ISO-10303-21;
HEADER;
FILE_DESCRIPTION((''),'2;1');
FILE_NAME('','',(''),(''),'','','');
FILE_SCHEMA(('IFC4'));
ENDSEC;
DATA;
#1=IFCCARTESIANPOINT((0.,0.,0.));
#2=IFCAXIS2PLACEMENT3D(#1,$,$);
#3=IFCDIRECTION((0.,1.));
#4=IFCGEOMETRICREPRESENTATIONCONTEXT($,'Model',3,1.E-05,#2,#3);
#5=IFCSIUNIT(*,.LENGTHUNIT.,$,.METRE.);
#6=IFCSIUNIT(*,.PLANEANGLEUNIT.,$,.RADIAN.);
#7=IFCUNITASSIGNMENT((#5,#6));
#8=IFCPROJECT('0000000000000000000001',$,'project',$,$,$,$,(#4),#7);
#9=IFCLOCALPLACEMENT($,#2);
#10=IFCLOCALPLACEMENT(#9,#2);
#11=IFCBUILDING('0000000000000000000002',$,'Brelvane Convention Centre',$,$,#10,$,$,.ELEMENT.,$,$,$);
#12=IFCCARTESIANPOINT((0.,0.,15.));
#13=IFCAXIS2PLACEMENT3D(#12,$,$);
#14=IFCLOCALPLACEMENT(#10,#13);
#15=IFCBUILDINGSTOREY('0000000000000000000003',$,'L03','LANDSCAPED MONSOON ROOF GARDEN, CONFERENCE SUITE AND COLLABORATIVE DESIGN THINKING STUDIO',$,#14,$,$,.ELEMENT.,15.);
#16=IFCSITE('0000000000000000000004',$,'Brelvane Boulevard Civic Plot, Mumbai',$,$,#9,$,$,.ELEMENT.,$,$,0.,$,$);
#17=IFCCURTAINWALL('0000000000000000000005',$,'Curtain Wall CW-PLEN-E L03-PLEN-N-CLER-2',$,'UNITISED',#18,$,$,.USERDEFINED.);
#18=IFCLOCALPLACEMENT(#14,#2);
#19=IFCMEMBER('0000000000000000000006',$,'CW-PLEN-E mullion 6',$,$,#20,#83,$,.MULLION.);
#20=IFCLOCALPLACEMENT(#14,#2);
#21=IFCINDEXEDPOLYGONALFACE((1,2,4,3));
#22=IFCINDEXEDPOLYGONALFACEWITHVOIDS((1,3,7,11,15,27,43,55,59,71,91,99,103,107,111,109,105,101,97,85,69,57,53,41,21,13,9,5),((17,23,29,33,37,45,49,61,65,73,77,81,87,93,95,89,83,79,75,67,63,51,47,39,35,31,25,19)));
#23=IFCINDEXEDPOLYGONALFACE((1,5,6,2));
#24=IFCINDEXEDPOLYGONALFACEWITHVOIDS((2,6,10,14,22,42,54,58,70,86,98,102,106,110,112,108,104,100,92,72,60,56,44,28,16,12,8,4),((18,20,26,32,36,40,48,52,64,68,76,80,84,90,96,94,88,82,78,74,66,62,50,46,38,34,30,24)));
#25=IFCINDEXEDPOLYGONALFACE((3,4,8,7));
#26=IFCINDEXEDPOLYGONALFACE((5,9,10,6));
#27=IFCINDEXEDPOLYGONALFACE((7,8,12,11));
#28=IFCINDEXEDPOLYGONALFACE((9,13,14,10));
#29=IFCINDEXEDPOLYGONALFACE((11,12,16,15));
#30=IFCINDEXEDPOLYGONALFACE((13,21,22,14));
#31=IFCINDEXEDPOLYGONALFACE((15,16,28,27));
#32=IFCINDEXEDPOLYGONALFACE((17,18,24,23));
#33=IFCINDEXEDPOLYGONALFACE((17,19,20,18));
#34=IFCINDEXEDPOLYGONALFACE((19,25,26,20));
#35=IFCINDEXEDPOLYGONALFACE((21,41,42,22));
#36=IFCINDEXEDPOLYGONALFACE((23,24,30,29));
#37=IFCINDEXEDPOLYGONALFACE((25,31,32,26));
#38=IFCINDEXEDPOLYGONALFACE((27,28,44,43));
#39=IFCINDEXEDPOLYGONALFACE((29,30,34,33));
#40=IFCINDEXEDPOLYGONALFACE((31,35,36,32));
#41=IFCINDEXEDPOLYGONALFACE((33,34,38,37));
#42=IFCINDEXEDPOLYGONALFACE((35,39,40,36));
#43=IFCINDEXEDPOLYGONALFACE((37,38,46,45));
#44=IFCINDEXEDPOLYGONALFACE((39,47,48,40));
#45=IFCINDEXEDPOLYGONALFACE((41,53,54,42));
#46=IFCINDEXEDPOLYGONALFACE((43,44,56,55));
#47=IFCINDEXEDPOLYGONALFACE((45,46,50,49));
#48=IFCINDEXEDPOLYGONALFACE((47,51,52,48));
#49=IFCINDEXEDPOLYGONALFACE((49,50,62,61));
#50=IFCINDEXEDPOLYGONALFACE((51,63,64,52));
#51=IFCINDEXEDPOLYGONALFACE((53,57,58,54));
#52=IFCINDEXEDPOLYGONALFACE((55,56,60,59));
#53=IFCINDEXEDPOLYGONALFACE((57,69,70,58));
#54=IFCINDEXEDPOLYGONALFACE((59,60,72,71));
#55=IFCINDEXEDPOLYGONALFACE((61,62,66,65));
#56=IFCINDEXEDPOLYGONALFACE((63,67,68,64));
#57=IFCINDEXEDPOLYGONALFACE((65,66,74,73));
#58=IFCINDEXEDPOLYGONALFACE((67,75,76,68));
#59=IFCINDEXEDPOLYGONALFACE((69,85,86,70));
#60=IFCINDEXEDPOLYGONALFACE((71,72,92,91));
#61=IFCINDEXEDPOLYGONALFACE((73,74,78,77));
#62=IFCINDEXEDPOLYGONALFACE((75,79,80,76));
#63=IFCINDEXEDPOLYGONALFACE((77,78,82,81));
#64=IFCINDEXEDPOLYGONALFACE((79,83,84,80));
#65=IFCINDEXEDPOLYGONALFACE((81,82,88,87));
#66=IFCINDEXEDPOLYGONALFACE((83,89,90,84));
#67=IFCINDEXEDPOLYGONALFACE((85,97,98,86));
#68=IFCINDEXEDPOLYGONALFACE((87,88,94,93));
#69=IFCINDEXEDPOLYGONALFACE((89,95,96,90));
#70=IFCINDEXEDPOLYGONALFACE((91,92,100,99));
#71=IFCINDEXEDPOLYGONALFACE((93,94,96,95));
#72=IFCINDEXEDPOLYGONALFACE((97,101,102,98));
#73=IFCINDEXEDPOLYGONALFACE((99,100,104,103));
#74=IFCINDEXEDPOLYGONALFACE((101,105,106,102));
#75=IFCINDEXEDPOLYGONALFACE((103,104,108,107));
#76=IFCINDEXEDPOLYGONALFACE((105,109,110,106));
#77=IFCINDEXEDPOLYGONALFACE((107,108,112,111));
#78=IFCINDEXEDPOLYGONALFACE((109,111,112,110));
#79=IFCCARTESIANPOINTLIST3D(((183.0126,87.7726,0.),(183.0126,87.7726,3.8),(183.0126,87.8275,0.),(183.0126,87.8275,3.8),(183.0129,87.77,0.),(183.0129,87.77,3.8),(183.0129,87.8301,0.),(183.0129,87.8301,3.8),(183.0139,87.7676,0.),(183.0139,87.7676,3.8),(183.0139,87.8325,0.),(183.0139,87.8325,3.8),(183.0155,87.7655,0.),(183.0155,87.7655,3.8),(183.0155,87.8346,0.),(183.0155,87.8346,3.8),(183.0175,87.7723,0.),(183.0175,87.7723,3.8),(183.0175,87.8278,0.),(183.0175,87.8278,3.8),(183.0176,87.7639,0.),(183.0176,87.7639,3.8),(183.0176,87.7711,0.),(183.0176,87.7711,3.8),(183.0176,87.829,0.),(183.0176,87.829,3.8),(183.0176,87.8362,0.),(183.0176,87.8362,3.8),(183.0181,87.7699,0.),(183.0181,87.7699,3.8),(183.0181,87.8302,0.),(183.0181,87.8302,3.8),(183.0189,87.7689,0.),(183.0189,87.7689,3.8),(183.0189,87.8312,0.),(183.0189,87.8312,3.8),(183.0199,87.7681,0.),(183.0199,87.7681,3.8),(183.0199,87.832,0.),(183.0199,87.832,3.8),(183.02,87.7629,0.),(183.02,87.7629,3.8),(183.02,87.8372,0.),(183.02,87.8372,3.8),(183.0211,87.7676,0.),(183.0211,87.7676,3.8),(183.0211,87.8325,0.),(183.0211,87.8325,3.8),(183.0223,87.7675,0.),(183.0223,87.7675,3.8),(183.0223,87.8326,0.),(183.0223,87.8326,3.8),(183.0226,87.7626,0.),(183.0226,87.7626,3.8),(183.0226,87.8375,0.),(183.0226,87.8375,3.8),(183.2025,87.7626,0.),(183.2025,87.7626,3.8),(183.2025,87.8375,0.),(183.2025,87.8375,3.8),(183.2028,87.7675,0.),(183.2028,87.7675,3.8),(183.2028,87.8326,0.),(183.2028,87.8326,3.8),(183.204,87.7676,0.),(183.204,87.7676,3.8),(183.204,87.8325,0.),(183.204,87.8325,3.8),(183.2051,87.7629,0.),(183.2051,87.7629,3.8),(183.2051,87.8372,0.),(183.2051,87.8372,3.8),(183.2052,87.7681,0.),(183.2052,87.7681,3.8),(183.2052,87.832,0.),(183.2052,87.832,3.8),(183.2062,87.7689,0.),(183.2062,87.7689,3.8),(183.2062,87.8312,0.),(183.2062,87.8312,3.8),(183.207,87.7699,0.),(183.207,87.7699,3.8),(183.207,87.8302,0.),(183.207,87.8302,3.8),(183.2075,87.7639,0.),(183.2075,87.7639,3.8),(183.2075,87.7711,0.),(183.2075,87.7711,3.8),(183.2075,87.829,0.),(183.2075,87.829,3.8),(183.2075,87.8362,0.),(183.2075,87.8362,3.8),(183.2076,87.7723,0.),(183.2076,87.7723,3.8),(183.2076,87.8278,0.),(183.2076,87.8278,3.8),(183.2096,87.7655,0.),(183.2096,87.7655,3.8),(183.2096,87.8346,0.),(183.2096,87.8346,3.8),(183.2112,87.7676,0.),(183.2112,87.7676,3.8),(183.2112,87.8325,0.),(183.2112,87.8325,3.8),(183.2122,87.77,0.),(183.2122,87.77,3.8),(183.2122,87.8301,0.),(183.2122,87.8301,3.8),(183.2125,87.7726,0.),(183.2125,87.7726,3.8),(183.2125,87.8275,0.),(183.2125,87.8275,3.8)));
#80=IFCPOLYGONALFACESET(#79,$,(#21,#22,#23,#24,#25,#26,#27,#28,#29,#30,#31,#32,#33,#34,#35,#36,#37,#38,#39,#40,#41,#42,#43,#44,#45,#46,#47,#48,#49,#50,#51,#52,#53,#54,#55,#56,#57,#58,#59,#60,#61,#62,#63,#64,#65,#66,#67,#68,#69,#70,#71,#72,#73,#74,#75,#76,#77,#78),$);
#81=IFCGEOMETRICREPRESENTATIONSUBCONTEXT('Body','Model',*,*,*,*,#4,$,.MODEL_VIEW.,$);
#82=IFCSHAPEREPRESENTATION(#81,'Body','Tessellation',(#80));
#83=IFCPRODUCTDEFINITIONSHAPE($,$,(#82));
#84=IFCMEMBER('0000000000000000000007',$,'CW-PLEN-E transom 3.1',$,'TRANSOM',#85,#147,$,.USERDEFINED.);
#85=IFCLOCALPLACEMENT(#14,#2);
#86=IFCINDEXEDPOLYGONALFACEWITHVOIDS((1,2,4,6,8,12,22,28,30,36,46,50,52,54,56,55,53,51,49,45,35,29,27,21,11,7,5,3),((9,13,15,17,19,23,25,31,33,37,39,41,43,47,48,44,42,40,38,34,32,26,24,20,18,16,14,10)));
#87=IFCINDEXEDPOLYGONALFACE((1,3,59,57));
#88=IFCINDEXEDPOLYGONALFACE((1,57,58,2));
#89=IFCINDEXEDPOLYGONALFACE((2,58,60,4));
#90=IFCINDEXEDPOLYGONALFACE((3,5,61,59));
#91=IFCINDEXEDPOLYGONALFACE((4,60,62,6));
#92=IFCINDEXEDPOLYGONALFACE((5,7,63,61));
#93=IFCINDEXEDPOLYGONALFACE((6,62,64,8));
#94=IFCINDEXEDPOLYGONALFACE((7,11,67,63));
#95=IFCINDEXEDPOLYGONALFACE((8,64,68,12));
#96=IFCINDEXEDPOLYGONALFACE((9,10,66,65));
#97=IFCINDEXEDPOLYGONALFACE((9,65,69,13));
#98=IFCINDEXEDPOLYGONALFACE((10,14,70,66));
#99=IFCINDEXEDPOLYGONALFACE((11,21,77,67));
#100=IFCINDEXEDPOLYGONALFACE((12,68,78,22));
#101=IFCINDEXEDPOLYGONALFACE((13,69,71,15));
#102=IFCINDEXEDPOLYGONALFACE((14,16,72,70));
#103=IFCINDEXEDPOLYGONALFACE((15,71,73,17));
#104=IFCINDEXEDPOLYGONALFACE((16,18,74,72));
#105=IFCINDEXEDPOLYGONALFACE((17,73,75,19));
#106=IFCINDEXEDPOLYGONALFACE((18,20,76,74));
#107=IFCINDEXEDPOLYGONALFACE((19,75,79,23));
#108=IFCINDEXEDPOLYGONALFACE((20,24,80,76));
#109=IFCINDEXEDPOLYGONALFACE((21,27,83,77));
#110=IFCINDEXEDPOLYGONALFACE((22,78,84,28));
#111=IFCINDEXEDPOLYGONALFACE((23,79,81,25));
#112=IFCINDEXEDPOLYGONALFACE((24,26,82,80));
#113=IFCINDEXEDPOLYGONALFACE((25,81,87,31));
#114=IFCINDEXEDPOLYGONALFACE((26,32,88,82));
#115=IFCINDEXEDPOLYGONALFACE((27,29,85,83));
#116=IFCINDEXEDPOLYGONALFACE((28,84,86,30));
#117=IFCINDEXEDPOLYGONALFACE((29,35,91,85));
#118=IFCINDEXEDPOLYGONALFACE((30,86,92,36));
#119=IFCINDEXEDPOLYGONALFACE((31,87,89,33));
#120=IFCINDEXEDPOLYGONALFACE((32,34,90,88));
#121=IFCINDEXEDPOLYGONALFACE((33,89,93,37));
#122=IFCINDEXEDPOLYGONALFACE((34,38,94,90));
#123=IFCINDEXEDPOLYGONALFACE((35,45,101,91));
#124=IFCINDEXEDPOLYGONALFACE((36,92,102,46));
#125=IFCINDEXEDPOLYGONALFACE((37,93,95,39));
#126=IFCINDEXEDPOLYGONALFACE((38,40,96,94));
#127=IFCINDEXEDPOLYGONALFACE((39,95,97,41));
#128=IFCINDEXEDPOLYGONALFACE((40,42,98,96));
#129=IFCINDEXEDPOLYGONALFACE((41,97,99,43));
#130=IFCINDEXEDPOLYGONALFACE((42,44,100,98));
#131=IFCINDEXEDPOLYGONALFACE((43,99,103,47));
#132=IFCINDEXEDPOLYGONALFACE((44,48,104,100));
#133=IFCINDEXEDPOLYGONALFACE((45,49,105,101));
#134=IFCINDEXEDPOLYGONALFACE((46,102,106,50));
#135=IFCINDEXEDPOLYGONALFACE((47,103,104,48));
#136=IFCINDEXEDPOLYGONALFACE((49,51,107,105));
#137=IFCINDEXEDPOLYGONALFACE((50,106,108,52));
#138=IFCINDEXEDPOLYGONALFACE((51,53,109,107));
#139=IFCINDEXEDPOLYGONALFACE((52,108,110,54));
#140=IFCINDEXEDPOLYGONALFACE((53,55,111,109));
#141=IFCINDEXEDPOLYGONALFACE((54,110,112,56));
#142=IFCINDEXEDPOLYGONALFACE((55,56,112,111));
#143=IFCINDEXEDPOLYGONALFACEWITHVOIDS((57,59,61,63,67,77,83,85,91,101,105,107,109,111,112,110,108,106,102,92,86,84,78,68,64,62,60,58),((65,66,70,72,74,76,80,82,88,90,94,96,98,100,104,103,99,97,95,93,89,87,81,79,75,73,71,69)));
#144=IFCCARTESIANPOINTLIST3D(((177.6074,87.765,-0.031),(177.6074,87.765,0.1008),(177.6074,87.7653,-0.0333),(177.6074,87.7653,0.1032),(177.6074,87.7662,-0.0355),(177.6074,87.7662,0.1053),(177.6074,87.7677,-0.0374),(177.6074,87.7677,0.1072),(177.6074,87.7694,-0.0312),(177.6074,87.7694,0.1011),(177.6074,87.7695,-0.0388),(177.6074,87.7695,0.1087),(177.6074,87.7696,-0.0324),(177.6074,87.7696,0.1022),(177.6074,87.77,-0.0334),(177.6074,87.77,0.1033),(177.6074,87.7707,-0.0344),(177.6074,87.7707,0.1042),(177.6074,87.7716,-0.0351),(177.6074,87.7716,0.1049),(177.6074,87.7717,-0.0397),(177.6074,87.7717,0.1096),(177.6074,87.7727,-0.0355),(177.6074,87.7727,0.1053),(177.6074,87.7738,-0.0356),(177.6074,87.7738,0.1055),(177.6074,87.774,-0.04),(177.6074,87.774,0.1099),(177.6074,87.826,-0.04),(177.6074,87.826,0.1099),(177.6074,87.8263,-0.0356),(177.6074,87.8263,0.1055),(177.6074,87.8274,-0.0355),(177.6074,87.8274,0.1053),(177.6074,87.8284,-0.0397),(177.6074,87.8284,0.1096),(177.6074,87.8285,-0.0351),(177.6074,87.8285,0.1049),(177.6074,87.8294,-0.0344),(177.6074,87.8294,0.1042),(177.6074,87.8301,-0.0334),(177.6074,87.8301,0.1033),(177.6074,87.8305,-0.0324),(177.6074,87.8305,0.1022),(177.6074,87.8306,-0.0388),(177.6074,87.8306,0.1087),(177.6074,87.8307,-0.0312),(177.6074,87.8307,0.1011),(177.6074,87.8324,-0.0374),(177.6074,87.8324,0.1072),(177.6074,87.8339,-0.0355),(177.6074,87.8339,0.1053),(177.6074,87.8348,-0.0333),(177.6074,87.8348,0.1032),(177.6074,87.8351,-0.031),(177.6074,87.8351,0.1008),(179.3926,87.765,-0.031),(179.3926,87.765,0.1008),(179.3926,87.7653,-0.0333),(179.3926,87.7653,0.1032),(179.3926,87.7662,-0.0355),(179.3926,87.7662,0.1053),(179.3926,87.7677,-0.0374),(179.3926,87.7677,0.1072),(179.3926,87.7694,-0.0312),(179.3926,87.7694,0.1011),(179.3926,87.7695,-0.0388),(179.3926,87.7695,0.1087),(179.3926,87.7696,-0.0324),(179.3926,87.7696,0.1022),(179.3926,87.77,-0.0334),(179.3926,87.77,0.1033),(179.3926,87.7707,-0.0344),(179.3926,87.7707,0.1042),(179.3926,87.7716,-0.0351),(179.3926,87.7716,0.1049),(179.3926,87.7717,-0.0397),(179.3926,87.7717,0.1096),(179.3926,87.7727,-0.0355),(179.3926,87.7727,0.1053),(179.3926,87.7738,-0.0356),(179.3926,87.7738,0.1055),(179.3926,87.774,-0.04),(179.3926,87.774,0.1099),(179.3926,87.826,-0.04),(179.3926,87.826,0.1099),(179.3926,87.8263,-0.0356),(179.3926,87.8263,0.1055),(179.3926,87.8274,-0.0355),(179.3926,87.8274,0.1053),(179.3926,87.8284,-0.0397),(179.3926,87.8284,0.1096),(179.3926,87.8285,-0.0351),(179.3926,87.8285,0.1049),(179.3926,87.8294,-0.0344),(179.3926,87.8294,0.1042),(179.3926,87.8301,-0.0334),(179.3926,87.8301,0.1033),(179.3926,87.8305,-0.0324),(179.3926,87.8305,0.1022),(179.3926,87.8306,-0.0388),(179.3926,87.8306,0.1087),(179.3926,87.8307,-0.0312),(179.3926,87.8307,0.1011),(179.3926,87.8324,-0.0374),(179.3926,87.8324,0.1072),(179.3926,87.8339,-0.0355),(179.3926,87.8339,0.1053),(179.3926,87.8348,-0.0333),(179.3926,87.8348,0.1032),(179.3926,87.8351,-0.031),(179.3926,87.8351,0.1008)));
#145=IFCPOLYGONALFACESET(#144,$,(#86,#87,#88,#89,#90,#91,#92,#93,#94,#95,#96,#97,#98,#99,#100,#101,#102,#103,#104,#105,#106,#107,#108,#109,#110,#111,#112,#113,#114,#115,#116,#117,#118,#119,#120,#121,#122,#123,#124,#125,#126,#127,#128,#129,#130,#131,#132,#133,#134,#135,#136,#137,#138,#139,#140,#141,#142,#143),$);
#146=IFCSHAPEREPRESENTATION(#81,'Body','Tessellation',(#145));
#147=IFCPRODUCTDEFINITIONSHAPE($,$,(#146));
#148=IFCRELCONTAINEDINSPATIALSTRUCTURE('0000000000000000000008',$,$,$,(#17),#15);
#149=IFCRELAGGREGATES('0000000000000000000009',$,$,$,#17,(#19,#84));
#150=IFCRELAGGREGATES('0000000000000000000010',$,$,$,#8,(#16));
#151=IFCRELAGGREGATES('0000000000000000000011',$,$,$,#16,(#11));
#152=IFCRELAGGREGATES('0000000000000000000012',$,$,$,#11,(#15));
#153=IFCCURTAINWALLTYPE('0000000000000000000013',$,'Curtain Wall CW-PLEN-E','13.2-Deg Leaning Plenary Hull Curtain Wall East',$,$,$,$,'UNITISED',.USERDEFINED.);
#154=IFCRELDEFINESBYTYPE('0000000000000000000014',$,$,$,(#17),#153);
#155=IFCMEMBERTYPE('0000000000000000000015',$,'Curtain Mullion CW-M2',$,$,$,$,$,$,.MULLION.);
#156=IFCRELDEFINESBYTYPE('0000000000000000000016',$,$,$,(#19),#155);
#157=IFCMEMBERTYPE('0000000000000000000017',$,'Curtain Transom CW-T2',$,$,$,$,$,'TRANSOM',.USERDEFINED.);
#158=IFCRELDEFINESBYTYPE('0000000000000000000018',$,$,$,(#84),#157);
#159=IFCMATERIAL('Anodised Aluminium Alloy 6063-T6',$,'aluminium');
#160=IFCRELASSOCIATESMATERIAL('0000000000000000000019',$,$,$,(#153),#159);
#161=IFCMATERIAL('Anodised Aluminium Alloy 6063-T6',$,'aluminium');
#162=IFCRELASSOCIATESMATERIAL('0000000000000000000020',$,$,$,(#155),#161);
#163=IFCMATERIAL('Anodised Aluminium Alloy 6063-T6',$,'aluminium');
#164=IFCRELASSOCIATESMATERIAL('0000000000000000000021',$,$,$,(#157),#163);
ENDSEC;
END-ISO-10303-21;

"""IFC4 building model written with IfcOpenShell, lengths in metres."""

from ifc_helpers import new_model, si_unit, direction, frame, origin, origin_2d, place, context, subcontext, project, spatial, hollow_rectangle, extrude, material, material_profile, profile_set, type_object, element, aggregate, save


model = new_model("IFC4")

# Units and contexts
model_context = context("Model", 3, precision=1e-05, world=origin(), true_north=direction((0.0, 1.0)))
body_context = subcontext(model_context, "Body", "Model", "MODEL_VIEW")
ifc_project = project(units=[si_unit("LENGTHUNIT", "METRE"), si_unit("PLANEANGLEUNIT", "RADIAN")], contexts=[model_context])

# Site, building, storey
site_placement = place(None, origin())
site = spatial("IfcSite", under=ifc_project, at=site_placement, Name="Brelvane Boulevard Civic Plot, Mumbai", CompositionType="ELEMENT", RefElevation=0.0)
building_placement = place(site_placement, origin())
building = spatial("IfcBuilding", under=site, at=building_placement, Name="Brelvane Convention Centre", CompositionType="ELEMENT")
storey_placement = place(building_placement, frame((0.0, 0.0, 15.0)))
storey = spatial("IfcBuildingStorey", under=building, at=storey_placement, Name="L03", Description="LANDSCAPED MONSOON ROOF GARDEN, CONFERENCE SUITE AND COLLABORATIVE DESIGN THINKING STUDIO", CompositionType="ELEMENT", Elevation=15.0)

# Curtain wall, members
ifc_material_1 = material(Name="Anodised Aluminium Alloy 6063-T6", Category="aluminium")
curtain_wall_type = type_object("IfcCurtainWallType", Name="Curtain Wall CW-PLEN-E", Description="13.2-Deg Leaning Plenary Hull Curtain Wall East", ElementType="UNITISED", PredefinedType="USERDEFINED", material=ifc_material_1)
curtain_wall_placement = place(storey_placement, origin())
curtain_wall = element("IfcCurtainWall", 1, at=curtain_wall_placement, inside=storey, type_object=curtain_wall_type, Name="Curtain Wall CW-PLEN-E L03-PLEN-N-CLER-2", ObjectType="UNITISED", PredefinedType="USERDEFINED")
ifc_material_2 = material(Name="Anodised Aluminium Alloy 6063-T6", Category="aluminium")
ifc_material_profile_1 = material_profile(ifc_material_2, hollow_rectangle(XDim=0.075, YDim=0.2, WallThickness=0.0049, InnerFilletRadius=0.0049, OuterFilletRadius=0.01, at=origin_2d()), Name="ALU-M 200x75x5.0")
ifc_profile_set_1 = profile_set([ifc_material_profile_1], Name="Anodised Aluminium Alloy 6063-T6")
member_type_1 = type_object("IfcMemberType", Name="Curtain Mullion CW-M2", PredefinedType="MULLION", material=ifc_profile_set_1)
member_1_placement = place(storey_placement, frame((183.1125, 87.8, 0.0), z_axis=(0.0, 0.0, 1.0), x_axis=(0.0, 1.0, 0.0)))
member_1 = element("IfcMember", 2, at=member_1_placement, type_object=member_type_1, Name="CW-PLEN-E mullion 6", PredefinedType="MULLION", context=body_context, shape_type="SweptSolid", body=[
    extrude(hollow_rectangle(XDim=0.075, YDim=0.2, WallThickness=0.0049, InnerFilletRadius=0.0049, OuterFilletRadius=0.01, at=origin_2d()), origin(), (0.0, 0.0, 1.0), 3.8),
])
ifc_material_3 = material(Name="Anodised Aluminium Alloy 6063-T6", Category="aluminium")
ifc_material_profile_2 = material_profile(ifc_material_3, hollow_rectangle(XDim=0.0701, YDim=0.1499, WallThickness=0.0044, InnerFilletRadius=0.0044, OuterFilletRadius=0.009, at=origin_2d()), Name="ALU-T 150x70x4.5")
ifc_profile_set_2 = profile_set([ifc_material_profile_2], Name="Anodised Aluminium Alloy 6063-T6")
member_type_2 = type_object("IfcMemberType", Name="Curtain Transom CW-T2", ElementType="TRANSOM", PredefinedType="USERDEFINED", material=ifc_profile_set_2)
member_2_placement = place(storey_placement, frame((177.6074, 87.8, 0.0349), z_axis=(1.0, 0.0, 0.0), x_axis=(0.0, 1.0, 0.0)))
member_2 = element("IfcMember", 3, at=member_2_placement, type_object=member_type_2, Name="CW-PLEN-E transom 3.1", ObjectType="TRANSOM", PredefinedType="USERDEFINED", context=body_context, shape_type="SweptSolid", body=[
    extrude(hollow_rectangle(XDim=0.0701, YDim=0.1499, WallThickness=0.0044, InnerFilletRadius=0.0044, OuterFilletRadius=0.009, at=origin_2d()), origin(), (0.0, 0.0, 1.0), 1.7852),
])

aggregate(curtain_wall, [member_1, member_2])

save(model, "model.ifc")
